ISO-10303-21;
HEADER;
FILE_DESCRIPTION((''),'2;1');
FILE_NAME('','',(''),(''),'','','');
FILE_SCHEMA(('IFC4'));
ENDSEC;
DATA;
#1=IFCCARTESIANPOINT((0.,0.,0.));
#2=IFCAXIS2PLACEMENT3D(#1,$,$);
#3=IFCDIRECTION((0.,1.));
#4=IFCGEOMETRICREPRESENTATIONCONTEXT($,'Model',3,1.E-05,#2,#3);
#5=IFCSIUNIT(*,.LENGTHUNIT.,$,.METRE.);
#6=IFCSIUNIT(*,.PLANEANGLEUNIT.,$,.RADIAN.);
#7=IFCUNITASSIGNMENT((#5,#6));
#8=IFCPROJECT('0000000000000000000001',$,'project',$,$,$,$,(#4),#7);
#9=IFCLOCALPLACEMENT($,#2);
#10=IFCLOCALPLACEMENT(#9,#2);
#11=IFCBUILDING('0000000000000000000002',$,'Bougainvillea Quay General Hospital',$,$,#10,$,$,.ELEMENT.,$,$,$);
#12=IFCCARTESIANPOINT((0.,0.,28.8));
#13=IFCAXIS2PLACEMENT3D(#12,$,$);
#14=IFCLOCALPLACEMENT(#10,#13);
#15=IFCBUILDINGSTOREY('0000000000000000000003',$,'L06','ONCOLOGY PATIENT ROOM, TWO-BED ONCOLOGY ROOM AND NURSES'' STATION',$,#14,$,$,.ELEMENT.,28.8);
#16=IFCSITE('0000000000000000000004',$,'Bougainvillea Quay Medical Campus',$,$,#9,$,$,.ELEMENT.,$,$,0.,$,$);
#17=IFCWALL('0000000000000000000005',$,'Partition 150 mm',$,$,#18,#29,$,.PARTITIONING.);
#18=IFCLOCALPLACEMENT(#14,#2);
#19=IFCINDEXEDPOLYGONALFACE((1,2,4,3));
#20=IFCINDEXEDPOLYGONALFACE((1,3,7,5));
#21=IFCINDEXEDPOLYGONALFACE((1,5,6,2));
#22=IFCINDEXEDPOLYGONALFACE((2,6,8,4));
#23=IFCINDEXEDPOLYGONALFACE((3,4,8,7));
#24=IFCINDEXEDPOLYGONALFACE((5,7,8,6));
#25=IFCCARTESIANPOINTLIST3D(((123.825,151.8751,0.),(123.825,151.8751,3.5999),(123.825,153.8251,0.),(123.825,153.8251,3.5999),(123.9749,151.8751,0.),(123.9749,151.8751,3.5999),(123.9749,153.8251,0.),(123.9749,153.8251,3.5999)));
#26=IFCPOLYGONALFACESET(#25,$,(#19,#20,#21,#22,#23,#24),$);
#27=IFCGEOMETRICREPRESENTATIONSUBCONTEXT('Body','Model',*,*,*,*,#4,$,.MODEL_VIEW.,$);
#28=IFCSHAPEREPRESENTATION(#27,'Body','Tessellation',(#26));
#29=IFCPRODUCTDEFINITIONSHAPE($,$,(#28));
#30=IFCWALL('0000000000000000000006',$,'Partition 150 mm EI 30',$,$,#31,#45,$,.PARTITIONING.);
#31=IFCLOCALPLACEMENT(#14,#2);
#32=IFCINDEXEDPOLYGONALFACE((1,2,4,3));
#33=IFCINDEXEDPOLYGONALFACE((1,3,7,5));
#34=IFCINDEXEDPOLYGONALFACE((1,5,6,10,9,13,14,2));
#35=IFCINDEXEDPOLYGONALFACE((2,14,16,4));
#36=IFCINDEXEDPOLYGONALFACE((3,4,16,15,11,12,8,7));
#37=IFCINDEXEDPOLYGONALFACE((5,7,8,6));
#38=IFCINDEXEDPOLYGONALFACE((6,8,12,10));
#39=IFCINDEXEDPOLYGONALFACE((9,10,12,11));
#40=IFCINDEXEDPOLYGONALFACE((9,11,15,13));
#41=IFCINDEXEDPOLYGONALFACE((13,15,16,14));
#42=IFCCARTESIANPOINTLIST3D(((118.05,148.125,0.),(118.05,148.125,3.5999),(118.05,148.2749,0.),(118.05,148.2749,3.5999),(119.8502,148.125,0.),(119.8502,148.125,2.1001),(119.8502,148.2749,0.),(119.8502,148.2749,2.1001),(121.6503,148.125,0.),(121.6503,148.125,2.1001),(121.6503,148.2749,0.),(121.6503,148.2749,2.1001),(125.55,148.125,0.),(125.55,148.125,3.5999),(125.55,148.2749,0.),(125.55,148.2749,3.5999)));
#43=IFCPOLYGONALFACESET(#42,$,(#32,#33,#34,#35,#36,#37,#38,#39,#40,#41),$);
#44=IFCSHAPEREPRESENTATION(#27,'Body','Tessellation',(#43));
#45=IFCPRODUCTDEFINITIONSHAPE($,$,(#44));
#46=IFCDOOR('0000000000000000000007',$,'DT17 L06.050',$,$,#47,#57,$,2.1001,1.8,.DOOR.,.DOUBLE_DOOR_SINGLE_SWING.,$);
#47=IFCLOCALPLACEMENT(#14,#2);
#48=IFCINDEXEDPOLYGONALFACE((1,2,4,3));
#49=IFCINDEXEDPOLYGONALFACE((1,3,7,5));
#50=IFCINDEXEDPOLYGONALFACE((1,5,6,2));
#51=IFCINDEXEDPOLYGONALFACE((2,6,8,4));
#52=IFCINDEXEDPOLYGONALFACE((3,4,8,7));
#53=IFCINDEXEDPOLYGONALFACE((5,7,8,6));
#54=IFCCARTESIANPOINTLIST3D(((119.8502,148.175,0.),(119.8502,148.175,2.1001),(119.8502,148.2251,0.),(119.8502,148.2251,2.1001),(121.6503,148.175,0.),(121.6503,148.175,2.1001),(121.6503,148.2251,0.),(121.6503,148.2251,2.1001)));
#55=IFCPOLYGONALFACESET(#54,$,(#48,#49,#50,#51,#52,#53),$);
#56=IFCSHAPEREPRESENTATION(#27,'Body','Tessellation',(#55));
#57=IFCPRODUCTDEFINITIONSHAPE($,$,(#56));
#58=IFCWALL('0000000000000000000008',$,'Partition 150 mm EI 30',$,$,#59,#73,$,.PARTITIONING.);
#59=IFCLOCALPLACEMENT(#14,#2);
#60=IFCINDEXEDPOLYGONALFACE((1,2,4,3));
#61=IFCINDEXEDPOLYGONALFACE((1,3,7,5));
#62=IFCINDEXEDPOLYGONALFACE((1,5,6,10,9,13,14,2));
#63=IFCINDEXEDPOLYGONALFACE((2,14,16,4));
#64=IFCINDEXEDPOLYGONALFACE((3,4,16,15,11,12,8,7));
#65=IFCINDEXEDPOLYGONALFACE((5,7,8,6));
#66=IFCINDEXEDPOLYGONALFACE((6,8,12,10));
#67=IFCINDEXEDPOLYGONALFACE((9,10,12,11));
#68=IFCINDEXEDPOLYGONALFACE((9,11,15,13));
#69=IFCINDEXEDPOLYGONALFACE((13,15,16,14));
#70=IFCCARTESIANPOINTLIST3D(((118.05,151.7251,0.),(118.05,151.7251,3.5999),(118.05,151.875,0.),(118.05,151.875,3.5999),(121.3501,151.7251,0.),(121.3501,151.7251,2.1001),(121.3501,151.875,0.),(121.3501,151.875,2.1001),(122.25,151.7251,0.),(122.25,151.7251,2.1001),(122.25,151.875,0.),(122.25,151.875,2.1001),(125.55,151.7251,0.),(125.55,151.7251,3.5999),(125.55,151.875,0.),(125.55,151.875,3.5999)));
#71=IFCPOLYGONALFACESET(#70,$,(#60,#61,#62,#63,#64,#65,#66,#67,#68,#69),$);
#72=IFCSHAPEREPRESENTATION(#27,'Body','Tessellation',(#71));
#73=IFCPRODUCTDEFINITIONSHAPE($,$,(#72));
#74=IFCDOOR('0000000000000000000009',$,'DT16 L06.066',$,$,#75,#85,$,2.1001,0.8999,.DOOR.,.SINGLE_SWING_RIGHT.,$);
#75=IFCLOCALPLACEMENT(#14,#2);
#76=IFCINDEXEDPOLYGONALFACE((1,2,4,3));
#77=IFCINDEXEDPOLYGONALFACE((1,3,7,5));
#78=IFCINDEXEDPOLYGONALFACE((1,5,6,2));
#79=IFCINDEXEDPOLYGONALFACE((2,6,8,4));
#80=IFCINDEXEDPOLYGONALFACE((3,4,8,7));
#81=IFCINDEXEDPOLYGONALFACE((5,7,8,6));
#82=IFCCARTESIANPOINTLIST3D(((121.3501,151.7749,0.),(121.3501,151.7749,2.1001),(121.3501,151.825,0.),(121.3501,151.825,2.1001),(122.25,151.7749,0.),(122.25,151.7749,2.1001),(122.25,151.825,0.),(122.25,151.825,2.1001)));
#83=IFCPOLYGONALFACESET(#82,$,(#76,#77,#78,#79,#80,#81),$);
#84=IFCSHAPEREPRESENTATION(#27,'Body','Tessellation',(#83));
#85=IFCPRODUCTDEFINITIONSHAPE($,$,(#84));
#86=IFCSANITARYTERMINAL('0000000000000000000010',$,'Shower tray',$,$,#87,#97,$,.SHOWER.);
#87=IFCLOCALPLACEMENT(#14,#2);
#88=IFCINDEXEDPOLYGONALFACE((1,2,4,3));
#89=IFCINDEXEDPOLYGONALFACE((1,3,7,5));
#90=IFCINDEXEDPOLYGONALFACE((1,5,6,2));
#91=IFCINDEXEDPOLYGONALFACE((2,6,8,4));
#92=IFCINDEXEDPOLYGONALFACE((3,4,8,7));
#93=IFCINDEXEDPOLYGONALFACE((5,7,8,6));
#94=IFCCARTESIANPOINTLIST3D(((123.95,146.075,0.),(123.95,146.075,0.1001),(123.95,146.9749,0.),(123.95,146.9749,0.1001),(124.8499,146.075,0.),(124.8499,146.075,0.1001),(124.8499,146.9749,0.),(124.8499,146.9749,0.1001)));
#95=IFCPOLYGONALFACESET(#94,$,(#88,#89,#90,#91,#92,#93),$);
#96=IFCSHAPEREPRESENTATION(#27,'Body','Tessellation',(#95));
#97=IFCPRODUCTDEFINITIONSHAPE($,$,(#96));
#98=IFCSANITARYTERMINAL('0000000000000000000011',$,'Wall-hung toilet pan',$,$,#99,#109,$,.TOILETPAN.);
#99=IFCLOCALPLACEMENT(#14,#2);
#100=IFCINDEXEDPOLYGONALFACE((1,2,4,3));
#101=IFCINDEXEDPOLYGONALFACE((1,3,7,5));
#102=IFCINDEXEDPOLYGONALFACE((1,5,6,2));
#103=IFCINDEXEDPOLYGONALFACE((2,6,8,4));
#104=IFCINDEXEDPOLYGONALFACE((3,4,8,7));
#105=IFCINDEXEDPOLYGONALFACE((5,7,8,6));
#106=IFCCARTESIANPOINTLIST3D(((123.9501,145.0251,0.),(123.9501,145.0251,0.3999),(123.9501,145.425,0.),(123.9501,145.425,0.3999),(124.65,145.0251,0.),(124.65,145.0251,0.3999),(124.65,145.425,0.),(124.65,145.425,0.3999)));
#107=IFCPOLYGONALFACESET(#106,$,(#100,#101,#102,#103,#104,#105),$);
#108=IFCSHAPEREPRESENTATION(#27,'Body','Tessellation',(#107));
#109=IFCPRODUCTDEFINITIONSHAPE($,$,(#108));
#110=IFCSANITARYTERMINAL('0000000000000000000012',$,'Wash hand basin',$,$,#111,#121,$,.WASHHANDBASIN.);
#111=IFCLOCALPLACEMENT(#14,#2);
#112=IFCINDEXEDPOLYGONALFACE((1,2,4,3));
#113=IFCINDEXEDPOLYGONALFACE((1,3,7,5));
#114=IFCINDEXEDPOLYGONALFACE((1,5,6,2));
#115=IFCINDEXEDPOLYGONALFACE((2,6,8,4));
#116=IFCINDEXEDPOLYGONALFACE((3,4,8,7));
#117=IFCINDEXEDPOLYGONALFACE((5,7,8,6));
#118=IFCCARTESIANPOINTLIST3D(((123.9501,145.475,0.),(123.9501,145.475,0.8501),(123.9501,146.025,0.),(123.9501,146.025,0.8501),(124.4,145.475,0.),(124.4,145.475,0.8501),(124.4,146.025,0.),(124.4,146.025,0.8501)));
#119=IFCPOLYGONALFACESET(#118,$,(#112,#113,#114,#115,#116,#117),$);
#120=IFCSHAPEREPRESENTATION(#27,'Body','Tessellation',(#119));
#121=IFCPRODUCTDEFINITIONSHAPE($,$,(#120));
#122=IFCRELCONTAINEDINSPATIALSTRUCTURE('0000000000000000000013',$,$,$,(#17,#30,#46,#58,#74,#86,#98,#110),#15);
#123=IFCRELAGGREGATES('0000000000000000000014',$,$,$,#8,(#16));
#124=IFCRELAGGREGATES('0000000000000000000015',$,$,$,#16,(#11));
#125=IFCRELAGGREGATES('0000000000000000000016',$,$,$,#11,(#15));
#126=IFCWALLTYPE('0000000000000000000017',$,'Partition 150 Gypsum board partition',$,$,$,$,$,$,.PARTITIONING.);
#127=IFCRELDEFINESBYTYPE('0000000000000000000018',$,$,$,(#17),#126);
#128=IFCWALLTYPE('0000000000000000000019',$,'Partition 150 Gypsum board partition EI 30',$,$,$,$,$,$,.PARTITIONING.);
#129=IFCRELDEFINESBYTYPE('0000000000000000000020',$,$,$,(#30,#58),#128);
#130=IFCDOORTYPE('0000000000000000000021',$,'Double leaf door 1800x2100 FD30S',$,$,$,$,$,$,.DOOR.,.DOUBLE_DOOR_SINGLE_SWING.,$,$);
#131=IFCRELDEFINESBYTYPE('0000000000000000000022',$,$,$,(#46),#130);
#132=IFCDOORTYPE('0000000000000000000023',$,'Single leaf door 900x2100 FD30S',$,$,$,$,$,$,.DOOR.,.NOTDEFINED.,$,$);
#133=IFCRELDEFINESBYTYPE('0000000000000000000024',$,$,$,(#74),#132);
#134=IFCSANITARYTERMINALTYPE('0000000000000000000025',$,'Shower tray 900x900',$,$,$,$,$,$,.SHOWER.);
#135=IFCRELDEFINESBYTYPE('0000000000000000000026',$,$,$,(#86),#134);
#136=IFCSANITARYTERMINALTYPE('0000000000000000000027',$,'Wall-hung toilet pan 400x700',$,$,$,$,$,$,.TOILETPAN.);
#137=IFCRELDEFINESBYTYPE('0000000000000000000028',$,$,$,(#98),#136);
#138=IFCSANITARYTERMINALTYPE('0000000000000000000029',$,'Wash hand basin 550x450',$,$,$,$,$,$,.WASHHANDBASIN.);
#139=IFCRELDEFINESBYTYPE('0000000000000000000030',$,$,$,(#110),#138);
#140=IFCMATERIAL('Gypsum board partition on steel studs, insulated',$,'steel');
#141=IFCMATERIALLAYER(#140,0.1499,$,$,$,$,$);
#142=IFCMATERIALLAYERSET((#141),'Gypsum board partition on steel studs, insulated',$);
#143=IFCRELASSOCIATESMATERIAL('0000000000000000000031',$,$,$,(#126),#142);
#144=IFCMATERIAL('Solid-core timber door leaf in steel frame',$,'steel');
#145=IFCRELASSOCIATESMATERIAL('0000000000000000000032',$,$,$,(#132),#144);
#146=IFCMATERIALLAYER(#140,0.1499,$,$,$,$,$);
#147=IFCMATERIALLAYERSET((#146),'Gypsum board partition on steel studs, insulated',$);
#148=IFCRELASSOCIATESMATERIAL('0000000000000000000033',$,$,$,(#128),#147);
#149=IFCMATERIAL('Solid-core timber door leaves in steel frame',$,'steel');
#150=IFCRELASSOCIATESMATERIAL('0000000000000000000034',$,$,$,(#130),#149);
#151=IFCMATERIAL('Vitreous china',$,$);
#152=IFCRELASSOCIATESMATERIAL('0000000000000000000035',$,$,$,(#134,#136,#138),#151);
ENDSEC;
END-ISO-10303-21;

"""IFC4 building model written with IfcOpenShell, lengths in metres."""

from ifc_helpers import new_model, si_unit, direction, frame, frame_2d, origin, origin_2d, place, context, subcontext, project, spatial, rectangle, extrude, material, layer, layer_set, type_object, element, fill, save


model = new_model("IFC4")

# Units and contexts
model_context = context("Model", 3, precision=1e-05, world=origin(), true_north=direction((0.0, 1.0)))
body_context = subcontext(model_context, "Body", "Model", "MODEL_VIEW")
ifc_project = project(units=[si_unit("LENGTHUNIT", "METRE"), si_unit("PLANEANGLEUNIT", "RADIAN")], contexts=[model_context])

# Site, building, storey
site_placement = place(None, origin())
site = spatial("IfcSite", under=ifc_project, at=site_placement, Name="Bougainvillea Quay Medical Campus", CompositionType="ELEMENT", RefElevation=0.0)
building_placement = place(site_placement, origin())
building = spatial("IfcBuilding", under=site, at=building_placement, Name="Bougainvillea Quay General Hospital", CompositionType="ELEMENT")
storey_placement = place(building_placement, frame((0.0, 0.0, 28.8)))
storey = spatial("IfcBuildingStorey", under=building, at=storey_placement, Name="L06", Description="ONCOLOGY PATIENT ROOM, TWO-BED ONCOLOGY ROOM AND NURSES' STATION", CompositionType="ELEMENT", Elevation=28.8)

# Shared definitions
ifc_material_1 = material(Name="Gypsum board partition on steel studs, insulated", Category="steel")
ifc_layer_1 = layer(ifc_material_1, 0.1499)
ifc_layer_set_1 = layer_set([ifc_layer_1], Name="Gypsum board partition on steel studs, insulated")
wall_type_1 = type_object("IfcWallType", Name="Partition 150 Gypsum board partition", PredefinedType="PARTITIONING", material=ifc_layer_set_1)
ifc_material_2 = material(Name="Solid-core timber door leaf in steel frame", Category="steel")
door_type_1 = type_object("IfcDoorType", Name="Single leaf door 900x2100 FD30S", OperationType="NOTDEFINED", PredefinedType="DOOR", material=ifc_material_2)

# Wall
wall_1_placement = place(storey_placement, frame((123.8999, 151.875, 0.0), z_axis=(0.0, 0.0, 1.0), x_axis=(0.0, 1.0, 0.0)))
element("IfcWall", 1, at=wall_1_placement, inside=storey, type_object=wall_type_1, Name="Partition 150 mm", PredefinedType="PARTITIONING", context=body_context, shape_type="SweptSolid", body=[
    extrude(rectangle(XDim=1.95, YDim=0.1499, at=frame_2d((0.9751, 0.0))), origin(), (0.0, 0.0, 1.0), 3.5999),
])

# Walls, openings, doors
ifc_layer_2 = layer(ifc_material_1, 0.1499)
ifc_layer_set_2 = layer_set([ifc_layer_2], Name="Gypsum board partition on steel studs, insulated")
wall_type_2 = type_object("IfcWallType", Name="Partition 150 Gypsum board partition EI 30", PredefinedType="PARTITIONING", material=ifc_layer_set_2)
wall_2_placement = place(storey_placement, frame((125.55, 148.2, 0.0), z_axis=(0.0, 0.0, 1.0), x_axis=(-1.0, 0.0, 0.0)))
wall_2 = element("IfcWall", 2, at=wall_2_placement, inside=storey, type_object=wall_type_2, Name="Partition 150 mm EI 30", PredefinedType="PARTITIONING", context=body_context, shape_type="SweptSolid", body=[
    extrude(rectangle(XDim=7.5, YDim=0.1499, at=frame_2d((3.75, 0.0))), origin(), (0.0, 0.0, 1.0), 3.5999),
])
opening_1_placement = place(wall_2_placement, frame((3.8999, 0.0, 0.0)))
opening_1 = element("IfcOpeningElement", 3, at=opening_1_placement, cuts=wall_2, PredefinedType="OPENING", context=body_context, shape_type="SweptSolid", body=[
    extrude(rectangle(XDim=1.8, YDim=2.1001, at=frame_2d((0.8999, 1.05))), frame((0.0, 0.085, 0.0), z_axis=(0.0, -1.0, 0.0), x_axis=(1.0, 0.0, 0.0)), (0.0, 0.0, 1.0), 0.1699),
])
ifc_material_3 = material(Name="Solid-core timber door leaves in steel frame", Category="steel")
door_type_2 = type_object("IfcDoorType", Name="Double leaf door 1800x2100 FD30S", OperationType="DOUBLE_DOOR_SINGLE_SWING", PredefinedType="DOOR", material=ifc_material_3)
door_1_placement = place(opening_1_placement, origin())
door_1 = element("IfcDoor", 4, at=door_1_placement, inside=storey, type_object=door_type_2, Name="DT17 L06.050", OperationType="DOUBLE_DOOR_SINGLE_SWING", OverallHeight=2.1001, OverallWidth=1.8, PredefinedType="DOOR", context=body_context, shape_type="SweptSolid", body=[
    extrude(rectangle(XDim=1.8, YDim=2.1001, at=frame_2d((0.8999, 1.05))), frame((0.0, 0.0249, 0.0), z_axis=(0.0, -1.0, 0.0), x_axis=(1.0, 0.0, 0.0)), (0.0, 0.0, 1.0), 0.05),
])
fill(opening_1, door_1)
wall_3_placement = place(storey_placement, frame((125.55, 151.8, 0.0), z_axis=(0.0, 0.0, 1.0), x_axis=(-1.0, 0.0, 0.0)))
wall_3 = element("IfcWall", 5, at=wall_3_placement, inside=storey, type_object=wall_type_2, Name="Partition 150 mm EI 30", PredefinedType="PARTITIONING", context=body_context, shape_type="SweptSolid", body=[
    extrude(rectangle(XDim=7.5, YDim=0.1499, at=frame_2d((3.75, 0.0))), origin(), (0.0, 0.0, 1.0), 3.5999),
])
opening_2_placement = place(wall_3_placement, frame((3.3, 0.0, 0.0)))
opening_2 = element("IfcOpeningElement", 6, at=opening_2_placement, cuts=wall_3, PredefinedType="OPENING", context=body_context, shape_type="SweptSolid", body=[
    extrude(rectangle(XDim=0.8999, YDim=2.1001, at=frame_2d((0.45, 1.05))), frame((0.0, 0.085, 0.0), z_axis=(0.0, -1.0, 0.0), x_axis=(1.0, 0.0, 0.0)), (0.0, 0.0, 1.0), 0.1699),
])
door_2_placement = place(opening_2_placement, frame((0.8999, 0.0, 0.0), z_axis=(0.0, 0.0, 1.0), x_axis=(-1.0, 0.0, 0.0)))
door_2 = element("IfcDoor", 7, at=door_2_placement, inside=storey, type_object=door_type_1, Name="DT16 L06.066", OperationType="SINGLE_SWING_RIGHT", OverallHeight=2.1001, OverallWidth=0.8999, PredefinedType="DOOR", context=body_context, shape_type="SweptSolid", body=[
    extrude(rectangle(XDim=0.8999, YDim=2.1001, at=frame_2d((0.45, 1.05))), frame((0.0, 0.0249, 0.0), z_axis=(0.0, -1.0, 0.0), x_axis=(1.0, 0.0, 0.0)), (0.0, 0.0, 1.0), 0.05),
])
fill(opening_2, door_2)

# Sanitary terminals
ifc_material_4 = material(Name="Vitreous china")
sanitary_terminal_type_1 = type_object("IfcSanitaryTerminalType", Name="Shower tray 900x900", PredefinedType="SHOWER", material=ifc_material_4)
sanitary_terminal_1_placement = place(storey_placement, frame((124.3999, 146.5249, 0.0), z_axis=(0.0, 0.0, 1.0), x_axis=(0.0, 1.0, 0.0)))
element("IfcSanitaryTerminal", 8, at=sanitary_terminal_1_placement, inside=storey, type_object=sanitary_terminal_type_1, Name="Shower tray", PredefinedType="SHOWER", context=body_context, shape_type="SweptSolid", body=[
    extrude(rectangle(XDim=0.8999, YDim=0.8999, at=origin_2d()), origin(), (0.0, 0.0, 1.0), 0.1001),
])
sanitary_terminal_type_2 = type_object("IfcSanitaryTerminalType", Name="Wall-hung toilet pan 400x700", PredefinedType="TOILETPAN", material=ifc_material_4)
sanitary_terminal_2_placement = place(storey_placement, frame((124.3, 145.2251, 0.0), z_axis=(0.0, 0.0, 1.0), x_axis=(0.0, 1.0, 0.0)))
element("IfcSanitaryTerminal", 9, at=sanitary_terminal_2_placement, inside=storey, type_object=sanitary_terminal_type_2, Name="Wall-hung toilet pan", PredefinedType="TOILETPAN", context=body_context, shape_type="SweptSolid", body=[
    extrude(rectangle(XDim=0.3999, YDim=0.7, at=origin_2d()), origin(), (0.0, 0.0, 1.0), 0.3999),
])
sanitary_terminal_type_3 = type_object("IfcSanitaryTerminalType", Name="Wash hand basin 550x450", PredefinedType="WASHHANDBASIN", material=ifc_material_4)
sanitary_terminal_3_placement = place(storey_placement, frame((124.175, 145.75, 0.0), z_axis=(0.0, 0.0, 1.0), x_axis=(0.0, 1.0, 0.0)))
element("IfcSanitaryTerminal", 10, at=sanitary_terminal_3_placement, inside=storey, type_object=sanitary_terminal_type_3, Name="Wash hand basin", PredefinedType="WASHHANDBASIN", context=body_context, shape_type="SweptSolid", body=[
    extrude(rectangle(XDim=0.55, YDim=0.45, at=origin_2d()), origin(), (0.0, 0.0, 1.0), 0.8501),
])

save(model, "model.ifc")
